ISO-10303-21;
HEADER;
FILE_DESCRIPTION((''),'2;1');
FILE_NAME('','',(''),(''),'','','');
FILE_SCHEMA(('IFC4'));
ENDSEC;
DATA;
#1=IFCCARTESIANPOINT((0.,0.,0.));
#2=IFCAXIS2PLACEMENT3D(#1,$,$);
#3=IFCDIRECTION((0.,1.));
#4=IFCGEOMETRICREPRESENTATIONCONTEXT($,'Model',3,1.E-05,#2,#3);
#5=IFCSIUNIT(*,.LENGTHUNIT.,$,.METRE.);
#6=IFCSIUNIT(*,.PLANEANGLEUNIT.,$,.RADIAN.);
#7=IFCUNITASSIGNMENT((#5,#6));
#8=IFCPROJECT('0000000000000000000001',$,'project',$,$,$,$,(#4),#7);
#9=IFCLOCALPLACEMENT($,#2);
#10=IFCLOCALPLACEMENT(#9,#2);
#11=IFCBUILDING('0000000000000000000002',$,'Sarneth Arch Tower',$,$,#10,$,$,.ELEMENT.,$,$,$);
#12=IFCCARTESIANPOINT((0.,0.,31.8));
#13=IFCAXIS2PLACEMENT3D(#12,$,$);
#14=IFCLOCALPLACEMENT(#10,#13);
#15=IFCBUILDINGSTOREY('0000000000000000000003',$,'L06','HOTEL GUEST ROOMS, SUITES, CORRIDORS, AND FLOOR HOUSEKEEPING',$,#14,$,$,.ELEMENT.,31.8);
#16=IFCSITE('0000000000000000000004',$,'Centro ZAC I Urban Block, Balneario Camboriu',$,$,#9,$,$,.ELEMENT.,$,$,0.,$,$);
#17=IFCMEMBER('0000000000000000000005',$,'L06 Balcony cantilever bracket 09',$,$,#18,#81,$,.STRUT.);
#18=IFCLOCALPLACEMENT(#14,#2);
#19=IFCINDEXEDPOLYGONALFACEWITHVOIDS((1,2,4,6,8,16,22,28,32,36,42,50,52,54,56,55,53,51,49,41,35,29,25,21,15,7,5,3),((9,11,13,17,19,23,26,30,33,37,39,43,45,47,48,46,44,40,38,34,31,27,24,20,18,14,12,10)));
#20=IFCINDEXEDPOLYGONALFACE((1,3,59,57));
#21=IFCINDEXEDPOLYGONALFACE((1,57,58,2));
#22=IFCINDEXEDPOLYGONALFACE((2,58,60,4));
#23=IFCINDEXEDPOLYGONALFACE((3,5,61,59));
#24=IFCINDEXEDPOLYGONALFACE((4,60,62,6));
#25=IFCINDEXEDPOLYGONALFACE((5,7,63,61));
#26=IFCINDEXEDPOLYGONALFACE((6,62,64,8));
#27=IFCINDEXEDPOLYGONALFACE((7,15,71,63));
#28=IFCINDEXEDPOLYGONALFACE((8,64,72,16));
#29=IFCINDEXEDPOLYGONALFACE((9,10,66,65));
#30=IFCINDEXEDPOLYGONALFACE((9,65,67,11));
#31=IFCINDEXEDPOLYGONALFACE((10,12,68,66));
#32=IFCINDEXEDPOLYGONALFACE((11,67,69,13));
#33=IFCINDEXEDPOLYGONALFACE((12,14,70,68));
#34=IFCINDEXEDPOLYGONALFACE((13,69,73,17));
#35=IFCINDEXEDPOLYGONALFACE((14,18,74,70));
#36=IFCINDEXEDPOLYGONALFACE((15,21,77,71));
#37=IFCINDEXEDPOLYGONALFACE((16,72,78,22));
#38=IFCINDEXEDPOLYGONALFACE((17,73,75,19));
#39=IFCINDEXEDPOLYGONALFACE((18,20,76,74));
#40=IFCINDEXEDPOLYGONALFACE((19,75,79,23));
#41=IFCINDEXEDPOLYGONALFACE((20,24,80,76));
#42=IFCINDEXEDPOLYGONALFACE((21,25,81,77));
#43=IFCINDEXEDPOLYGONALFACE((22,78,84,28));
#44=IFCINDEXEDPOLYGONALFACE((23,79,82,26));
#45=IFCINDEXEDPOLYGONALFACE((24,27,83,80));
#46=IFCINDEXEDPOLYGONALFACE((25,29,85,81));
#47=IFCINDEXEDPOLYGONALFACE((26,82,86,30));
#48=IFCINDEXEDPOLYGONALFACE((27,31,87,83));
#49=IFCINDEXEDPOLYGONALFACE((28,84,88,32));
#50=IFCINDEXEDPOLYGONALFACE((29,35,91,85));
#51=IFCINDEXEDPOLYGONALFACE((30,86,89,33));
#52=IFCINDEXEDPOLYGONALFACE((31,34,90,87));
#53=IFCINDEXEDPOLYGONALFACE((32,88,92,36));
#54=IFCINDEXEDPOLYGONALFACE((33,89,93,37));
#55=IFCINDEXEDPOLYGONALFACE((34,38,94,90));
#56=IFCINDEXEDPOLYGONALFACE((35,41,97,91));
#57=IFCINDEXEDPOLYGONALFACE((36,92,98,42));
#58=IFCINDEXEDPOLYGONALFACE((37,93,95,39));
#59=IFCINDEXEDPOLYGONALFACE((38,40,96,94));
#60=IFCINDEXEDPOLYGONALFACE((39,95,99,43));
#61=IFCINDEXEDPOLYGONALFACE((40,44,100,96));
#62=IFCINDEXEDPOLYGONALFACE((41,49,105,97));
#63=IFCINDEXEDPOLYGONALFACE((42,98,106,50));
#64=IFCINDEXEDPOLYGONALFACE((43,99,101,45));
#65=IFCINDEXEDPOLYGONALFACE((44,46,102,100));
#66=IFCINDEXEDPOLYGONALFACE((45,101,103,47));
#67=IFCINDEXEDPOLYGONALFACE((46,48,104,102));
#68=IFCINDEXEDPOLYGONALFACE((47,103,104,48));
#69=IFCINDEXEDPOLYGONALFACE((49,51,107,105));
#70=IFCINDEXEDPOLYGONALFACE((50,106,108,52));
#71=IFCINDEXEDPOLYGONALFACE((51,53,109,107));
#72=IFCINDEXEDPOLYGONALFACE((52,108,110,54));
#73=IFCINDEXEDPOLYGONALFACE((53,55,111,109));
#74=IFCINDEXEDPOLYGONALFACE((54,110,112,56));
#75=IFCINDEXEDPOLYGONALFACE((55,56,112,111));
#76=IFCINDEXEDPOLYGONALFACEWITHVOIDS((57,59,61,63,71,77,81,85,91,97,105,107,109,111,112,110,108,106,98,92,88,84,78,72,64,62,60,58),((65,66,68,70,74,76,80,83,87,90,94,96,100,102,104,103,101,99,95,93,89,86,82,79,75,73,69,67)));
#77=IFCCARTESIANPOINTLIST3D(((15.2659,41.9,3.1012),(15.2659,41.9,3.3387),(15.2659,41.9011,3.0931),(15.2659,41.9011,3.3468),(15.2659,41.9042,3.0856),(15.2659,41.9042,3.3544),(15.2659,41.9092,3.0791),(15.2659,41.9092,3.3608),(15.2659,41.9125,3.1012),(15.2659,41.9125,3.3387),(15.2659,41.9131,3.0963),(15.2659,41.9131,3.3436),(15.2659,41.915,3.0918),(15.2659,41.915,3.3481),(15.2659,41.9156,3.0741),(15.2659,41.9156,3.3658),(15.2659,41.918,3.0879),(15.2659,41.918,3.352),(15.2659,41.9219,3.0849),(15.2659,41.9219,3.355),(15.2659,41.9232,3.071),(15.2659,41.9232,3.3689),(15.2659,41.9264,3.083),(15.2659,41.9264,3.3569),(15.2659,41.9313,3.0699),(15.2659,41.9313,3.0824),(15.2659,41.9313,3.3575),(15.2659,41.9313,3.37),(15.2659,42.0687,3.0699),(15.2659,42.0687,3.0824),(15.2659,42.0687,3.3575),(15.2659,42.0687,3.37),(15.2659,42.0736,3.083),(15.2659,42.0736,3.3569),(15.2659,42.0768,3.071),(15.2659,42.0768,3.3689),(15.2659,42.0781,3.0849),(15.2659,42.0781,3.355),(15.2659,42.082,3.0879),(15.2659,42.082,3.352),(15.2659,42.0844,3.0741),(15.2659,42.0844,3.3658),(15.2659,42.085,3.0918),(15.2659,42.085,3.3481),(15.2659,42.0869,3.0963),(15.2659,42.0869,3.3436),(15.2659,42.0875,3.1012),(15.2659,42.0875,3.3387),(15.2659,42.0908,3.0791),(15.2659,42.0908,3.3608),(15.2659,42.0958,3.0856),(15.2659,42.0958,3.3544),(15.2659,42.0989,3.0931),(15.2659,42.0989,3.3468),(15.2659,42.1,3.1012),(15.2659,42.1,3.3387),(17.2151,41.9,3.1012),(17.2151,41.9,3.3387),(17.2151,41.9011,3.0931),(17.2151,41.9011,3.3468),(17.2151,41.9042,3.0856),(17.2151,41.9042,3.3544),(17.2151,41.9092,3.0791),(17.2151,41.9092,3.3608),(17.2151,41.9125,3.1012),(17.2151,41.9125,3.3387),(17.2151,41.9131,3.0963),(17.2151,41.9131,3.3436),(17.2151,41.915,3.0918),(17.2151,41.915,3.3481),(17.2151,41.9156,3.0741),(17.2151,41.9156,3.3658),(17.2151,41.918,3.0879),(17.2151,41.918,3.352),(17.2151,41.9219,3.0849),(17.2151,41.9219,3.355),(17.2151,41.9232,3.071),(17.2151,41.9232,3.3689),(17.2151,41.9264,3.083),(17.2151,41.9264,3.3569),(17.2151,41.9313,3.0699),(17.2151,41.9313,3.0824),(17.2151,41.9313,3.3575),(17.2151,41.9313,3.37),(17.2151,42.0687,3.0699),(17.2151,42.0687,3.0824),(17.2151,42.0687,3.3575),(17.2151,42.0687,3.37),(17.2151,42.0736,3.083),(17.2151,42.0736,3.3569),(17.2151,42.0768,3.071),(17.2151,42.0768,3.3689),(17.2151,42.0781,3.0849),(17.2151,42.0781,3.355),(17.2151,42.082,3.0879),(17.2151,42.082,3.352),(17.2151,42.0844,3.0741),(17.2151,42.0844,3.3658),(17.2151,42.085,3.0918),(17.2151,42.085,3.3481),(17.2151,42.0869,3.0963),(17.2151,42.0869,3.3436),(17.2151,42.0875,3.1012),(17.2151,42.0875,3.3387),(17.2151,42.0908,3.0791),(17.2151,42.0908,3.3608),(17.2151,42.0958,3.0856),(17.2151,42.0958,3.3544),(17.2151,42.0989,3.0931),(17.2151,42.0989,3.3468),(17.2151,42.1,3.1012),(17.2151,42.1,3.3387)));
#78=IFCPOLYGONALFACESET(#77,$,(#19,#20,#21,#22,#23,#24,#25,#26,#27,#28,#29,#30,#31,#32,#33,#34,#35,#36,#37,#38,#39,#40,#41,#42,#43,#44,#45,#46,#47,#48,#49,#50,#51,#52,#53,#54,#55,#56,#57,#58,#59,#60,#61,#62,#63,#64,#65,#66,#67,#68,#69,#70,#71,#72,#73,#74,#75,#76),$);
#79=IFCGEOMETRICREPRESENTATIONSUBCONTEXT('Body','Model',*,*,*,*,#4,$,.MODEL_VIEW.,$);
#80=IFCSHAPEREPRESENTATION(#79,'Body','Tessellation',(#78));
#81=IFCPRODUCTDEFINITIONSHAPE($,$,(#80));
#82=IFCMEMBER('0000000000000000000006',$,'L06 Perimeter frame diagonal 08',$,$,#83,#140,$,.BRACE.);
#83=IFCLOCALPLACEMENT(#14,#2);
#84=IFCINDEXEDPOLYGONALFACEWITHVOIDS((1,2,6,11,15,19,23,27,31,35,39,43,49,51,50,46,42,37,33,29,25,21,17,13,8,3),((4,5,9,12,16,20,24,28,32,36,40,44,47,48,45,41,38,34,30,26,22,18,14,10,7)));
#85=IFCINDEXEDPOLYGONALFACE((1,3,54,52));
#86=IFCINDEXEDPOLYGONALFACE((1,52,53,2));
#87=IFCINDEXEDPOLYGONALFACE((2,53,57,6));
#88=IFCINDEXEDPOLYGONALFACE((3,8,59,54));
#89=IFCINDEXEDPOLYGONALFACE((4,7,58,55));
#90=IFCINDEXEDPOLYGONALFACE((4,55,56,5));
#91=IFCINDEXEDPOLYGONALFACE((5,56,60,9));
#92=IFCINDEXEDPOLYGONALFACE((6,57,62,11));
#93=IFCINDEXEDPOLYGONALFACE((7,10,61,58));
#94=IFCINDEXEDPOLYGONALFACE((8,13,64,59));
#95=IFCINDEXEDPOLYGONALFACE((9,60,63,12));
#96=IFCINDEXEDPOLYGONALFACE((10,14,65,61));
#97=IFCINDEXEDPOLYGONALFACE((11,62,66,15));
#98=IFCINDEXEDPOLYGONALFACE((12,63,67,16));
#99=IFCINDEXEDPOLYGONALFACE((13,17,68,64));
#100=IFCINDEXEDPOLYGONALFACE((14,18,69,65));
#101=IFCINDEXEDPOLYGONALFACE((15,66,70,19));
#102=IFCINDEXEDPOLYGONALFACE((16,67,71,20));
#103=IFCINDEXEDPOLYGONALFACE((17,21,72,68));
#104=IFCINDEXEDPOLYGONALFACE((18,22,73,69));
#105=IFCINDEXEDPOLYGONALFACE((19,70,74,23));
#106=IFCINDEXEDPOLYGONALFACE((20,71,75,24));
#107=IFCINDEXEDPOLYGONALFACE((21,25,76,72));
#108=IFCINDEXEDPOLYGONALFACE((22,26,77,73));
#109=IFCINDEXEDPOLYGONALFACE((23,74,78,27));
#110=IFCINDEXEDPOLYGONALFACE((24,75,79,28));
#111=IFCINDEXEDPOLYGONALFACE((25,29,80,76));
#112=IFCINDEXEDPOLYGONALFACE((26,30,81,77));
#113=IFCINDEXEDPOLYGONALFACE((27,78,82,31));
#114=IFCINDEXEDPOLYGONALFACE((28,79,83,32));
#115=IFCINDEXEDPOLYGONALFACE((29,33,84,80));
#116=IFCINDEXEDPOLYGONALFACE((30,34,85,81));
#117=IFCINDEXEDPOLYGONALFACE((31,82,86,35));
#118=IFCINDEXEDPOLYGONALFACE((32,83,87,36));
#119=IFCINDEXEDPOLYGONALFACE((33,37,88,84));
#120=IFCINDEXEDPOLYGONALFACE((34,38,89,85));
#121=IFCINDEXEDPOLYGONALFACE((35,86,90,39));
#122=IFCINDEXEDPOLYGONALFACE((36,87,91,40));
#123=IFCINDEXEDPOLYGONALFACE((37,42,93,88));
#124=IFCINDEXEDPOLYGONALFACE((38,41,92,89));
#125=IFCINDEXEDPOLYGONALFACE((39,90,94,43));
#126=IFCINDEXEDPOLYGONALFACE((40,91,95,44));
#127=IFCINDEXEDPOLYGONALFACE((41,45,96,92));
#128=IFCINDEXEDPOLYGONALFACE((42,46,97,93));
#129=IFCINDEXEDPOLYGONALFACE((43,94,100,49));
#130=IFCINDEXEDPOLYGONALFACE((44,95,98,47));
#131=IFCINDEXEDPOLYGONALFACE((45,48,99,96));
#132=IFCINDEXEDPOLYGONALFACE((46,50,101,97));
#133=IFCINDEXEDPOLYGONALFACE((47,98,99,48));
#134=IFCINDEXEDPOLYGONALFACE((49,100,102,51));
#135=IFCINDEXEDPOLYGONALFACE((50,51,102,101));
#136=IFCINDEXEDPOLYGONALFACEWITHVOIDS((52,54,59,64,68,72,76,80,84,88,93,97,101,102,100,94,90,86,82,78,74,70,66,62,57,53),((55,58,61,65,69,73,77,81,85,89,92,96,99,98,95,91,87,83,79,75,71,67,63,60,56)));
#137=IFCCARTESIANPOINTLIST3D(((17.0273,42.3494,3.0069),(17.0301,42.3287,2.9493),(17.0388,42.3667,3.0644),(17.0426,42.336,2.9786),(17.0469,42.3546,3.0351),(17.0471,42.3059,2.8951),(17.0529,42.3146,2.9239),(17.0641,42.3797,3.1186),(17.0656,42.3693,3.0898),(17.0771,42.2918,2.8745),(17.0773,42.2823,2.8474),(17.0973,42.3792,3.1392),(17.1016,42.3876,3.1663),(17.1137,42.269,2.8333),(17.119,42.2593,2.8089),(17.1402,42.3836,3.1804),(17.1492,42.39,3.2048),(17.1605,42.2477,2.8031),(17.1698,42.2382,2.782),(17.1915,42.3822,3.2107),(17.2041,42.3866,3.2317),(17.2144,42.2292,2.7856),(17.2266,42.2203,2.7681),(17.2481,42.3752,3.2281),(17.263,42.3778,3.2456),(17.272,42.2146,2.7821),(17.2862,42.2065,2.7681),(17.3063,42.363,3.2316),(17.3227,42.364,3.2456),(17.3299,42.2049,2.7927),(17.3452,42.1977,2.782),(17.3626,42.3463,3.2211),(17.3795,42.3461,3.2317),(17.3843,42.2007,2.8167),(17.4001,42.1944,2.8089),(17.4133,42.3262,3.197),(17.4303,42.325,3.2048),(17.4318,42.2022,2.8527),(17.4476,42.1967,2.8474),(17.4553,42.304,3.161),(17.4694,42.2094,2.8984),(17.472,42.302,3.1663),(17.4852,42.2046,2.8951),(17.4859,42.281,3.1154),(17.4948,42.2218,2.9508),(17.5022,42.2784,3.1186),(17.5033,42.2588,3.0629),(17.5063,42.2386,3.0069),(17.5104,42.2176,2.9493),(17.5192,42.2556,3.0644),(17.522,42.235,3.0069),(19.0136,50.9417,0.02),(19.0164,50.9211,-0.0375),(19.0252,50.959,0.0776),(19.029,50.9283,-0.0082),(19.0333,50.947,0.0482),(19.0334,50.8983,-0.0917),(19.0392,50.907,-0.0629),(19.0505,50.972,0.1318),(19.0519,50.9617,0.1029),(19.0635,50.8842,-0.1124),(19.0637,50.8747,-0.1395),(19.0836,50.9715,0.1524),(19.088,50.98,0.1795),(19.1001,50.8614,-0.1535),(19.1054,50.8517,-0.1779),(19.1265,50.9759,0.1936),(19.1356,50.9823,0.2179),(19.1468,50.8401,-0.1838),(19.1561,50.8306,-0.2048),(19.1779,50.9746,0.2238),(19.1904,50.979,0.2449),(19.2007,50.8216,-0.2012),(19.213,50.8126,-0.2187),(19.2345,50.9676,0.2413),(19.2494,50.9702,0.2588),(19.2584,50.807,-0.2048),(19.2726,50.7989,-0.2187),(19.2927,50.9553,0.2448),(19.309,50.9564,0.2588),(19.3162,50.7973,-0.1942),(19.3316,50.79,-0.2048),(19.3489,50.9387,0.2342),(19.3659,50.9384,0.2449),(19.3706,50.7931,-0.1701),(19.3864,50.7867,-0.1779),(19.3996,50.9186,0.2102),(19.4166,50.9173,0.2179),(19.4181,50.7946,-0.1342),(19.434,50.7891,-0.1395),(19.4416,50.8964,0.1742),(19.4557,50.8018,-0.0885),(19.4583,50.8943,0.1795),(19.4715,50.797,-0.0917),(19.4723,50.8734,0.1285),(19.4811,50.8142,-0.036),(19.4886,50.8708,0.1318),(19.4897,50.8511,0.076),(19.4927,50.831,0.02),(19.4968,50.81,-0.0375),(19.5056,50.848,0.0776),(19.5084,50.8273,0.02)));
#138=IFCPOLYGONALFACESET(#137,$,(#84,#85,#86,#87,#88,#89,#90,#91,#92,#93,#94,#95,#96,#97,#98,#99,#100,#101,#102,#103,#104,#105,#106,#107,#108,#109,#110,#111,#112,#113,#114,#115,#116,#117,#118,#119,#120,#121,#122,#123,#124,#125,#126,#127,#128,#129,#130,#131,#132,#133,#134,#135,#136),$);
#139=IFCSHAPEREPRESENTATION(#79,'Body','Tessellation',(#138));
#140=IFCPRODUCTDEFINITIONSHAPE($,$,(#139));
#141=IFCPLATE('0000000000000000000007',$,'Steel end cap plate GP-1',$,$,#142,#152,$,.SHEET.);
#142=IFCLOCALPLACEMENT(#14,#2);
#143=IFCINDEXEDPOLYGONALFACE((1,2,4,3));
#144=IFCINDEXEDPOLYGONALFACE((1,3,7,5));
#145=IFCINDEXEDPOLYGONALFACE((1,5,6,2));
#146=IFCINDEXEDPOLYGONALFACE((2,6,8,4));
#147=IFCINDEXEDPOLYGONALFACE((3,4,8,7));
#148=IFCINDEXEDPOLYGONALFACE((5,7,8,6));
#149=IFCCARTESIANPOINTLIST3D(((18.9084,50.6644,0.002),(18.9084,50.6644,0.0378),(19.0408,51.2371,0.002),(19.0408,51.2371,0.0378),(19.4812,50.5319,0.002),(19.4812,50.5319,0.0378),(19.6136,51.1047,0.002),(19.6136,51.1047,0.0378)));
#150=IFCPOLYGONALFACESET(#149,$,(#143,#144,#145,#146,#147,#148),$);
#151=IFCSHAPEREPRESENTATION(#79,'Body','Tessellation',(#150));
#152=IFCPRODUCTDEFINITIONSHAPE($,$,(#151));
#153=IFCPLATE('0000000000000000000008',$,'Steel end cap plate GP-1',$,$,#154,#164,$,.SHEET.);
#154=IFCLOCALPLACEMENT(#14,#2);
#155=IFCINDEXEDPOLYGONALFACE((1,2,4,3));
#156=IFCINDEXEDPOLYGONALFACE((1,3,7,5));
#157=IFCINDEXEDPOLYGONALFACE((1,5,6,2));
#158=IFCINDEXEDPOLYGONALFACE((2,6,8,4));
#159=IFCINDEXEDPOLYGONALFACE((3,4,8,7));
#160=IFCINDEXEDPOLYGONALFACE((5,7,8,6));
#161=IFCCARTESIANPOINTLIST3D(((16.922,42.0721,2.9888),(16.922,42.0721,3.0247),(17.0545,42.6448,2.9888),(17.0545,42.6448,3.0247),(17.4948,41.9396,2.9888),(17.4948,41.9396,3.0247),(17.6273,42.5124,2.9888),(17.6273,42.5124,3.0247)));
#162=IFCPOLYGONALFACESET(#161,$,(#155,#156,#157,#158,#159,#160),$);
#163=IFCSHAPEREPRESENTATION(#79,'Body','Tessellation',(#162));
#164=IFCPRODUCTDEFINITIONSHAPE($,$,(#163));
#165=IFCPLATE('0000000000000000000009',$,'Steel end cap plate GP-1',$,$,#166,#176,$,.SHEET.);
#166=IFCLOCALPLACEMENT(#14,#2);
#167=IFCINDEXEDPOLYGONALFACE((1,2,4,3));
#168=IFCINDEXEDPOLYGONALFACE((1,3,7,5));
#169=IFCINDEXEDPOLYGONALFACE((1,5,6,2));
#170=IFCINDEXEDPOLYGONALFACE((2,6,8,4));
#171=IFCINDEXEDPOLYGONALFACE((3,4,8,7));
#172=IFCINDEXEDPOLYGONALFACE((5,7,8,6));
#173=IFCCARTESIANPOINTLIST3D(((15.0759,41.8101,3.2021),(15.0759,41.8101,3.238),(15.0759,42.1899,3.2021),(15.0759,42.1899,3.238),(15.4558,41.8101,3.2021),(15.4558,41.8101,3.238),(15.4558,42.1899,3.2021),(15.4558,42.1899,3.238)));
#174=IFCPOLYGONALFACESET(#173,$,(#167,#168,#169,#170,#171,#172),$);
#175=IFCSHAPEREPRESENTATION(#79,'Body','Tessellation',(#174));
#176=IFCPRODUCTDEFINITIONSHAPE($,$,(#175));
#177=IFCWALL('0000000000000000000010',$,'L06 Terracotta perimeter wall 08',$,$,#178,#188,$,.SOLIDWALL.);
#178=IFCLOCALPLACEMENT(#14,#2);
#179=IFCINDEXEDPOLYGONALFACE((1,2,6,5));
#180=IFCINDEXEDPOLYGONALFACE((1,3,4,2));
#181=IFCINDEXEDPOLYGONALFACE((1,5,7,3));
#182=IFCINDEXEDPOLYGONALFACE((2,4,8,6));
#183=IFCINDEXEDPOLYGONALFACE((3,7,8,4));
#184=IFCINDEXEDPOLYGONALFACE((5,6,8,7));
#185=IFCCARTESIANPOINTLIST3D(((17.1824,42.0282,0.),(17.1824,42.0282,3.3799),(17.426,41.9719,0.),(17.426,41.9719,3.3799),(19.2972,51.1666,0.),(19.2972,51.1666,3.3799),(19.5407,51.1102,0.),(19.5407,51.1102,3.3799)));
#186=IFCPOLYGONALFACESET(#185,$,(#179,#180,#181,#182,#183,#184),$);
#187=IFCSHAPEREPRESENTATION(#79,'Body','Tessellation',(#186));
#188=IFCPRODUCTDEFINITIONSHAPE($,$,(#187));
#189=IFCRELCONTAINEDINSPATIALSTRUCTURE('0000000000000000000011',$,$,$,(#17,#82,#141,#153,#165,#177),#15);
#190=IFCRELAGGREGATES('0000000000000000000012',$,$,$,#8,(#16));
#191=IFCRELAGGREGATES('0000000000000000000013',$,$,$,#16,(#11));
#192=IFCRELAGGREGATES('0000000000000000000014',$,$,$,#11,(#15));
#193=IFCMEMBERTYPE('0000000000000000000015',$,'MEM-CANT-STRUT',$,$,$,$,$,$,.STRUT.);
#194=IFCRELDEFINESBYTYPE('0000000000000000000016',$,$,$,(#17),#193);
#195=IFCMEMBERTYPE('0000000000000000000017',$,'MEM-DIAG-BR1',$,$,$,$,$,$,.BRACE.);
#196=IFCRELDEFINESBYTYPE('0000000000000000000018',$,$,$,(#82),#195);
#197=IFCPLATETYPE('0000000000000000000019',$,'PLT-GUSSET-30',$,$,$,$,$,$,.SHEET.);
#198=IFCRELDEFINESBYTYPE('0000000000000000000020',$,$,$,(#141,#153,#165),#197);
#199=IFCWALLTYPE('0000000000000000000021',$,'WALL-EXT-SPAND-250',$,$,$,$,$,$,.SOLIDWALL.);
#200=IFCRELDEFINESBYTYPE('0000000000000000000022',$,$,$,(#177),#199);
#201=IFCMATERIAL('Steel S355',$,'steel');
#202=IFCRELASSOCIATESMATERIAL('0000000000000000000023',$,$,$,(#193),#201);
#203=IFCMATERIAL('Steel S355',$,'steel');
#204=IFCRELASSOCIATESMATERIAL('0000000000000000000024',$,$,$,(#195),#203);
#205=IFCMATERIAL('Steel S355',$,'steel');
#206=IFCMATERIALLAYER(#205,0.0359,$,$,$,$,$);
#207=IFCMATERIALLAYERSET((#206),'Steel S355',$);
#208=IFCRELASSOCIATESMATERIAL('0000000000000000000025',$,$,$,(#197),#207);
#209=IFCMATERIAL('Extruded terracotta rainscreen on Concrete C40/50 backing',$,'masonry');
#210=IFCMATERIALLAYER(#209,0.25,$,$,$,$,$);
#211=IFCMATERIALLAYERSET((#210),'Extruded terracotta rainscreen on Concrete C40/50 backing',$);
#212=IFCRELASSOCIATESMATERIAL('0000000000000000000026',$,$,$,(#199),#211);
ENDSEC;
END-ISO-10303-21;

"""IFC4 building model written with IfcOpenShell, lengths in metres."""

from ifc_helpers import new_model, si_unit, direction, frame, frame_2d, origin, origin_2d, place, context, subcontext, project, spatial, rectangle, hollow_rectangle, hollow_circle, extrude, material, layer, layer_set, material_profile, profile_set, type_object, element, save


model = new_model("IFC4")

# Units and contexts
model_context = context("Model", 3, precision=1e-05, world=origin(), true_north=direction((0.0, 1.0)))
body_context = subcontext(model_context, "Body", "Model", "MODEL_VIEW")
ifc_project = project(units=[si_unit("LENGTHUNIT", "METRE"), si_unit("PLANEANGLEUNIT", "RADIAN")], contexts=[model_context])

# Site, building, storey
site_placement = place(None, origin())
site = spatial("IfcSite", under=ifc_project, at=site_placement, Name="Centro ZAC I Urban Block, Balneario Camboriu", CompositionType="ELEMENT", RefElevation=0.0)
building_placement = place(site_placement, origin())
building = spatial("IfcBuilding", under=site, at=building_placement, Name="Sarneth Arch Tower", CompositionType="ELEMENT")
storey_placement = place(building_placement, frame((0.0, 0.0, 31.8)))
storey = spatial("IfcBuildingStorey", under=building, at=storey_placement, Name="L06", Description="HOTEL GUEST ROOMS, SUITES, CORRIDORS, AND FLOOR HOUSEKEEPING", CompositionType="ELEMENT", Elevation=31.8)

# Members
ifc_material_1 = material(Name="Steel S355", Category="steel")
ifc_material_profile_1 = material_profile(ifc_material_1, hollow_rectangle(XDim=0.2, YDim=0.3, WallThickness=0.0125, InnerFilletRadius=0.0188, OuterFilletRadius=0.0312, at=origin_2d()), Name="RHS300x200x12.5")
ifc_profile_set_1 = profile_set([ifc_material_profile_1], Name="Steel S355")
member_type_1 = type_object("IfcMemberType", Name="MEM-CANT-STRUT", PredefinedType="STRUT", material=ifc_profile_set_1)
member_1_placement = place(storey_placement, frame((17.2151, 42.0, 3.22), z_axis=(-1.0, 0.0, 0.0), x_axis=(0.0, -1.0, 0.0)))
element("IfcMember", 1, at=member_1_placement, inside=storey, type_object=member_type_1, Name="L06 Balcony cantilever bracket 09", PredefinedType="STRUT", context=body_context, shape_type="SweptSolid", body=[
    extrude(hollow_rectangle(XDim=0.2, YDim=0.3, WallThickness=0.0125, InnerFilletRadius=0.0188, OuterFilletRadius=0.0312, at=origin_2d()), origin(), (0.0, 0.0, 1.0), 1.9492),
])
ifc_material_2 = material(Name="Steel S355", Category="steel")
ifc_material_profile_2 = material_profile(ifc_material_2, hollow_circle(Radius=0.2539, WallThickness=0.0161, at=origin_2d()), Name="CHS508x16")
ifc_profile_set_2 = profile_set([ifc_material_profile_2], Name="Steel S355")
member_type_2 = type_object("IfcMemberType", Name="MEM-DIAG-BR1", PredefinedType="BRACE", material=ifc_profile_set_2)
member_2_placement = place(storey_placement, frame((19.261, 50.8845, 0.02), z_axis=(-0.213332, -0.922814, 0.320785), x_axis=(0.974304, -0.225236, 0.0)))
element("IfcMember", 2, at=member_2_placement, inside=storey, type_object=member_type_2, Name="L06 Perimeter frame diagonal 08", PredefinedType="BRACE", context=body_context, shape_type="SweptSolid", body=[
    extrude(hollow_circle(Radius=0.2539, WallThickness=0.0161, at=origin_2d()), origin(), (0.0, 0.0, 1.0), 9.311),
])

# Plates
ifc_material_3 = material(Name="Steel S355", Category="steel")
ifc_layer_1 = layer(ifc_material_3, 0.0359)
ifc_layer_set_1 = layer_set([ifc_layer_1], Name="Steel S355")
plate_type = type_object("IfcPlateType", Name="PLT-GUSSET-30", PredefinedType="SHEET", material=ifc_layer_set_1)
for number, where, z_axis, x_axis, name in (
    (3, (19.261, 50.8845, 0.002), (0.0, 0.0, 1.0), (-0.225291, -0.974291, 0.0), "Steel end cap plate GP-1"),
    (4, (17.2747, 42.2922, 2.9888), (0.0, 0.0, 1.0), (-0.225291, -0.974291, 0.0), "Steel end cap plate GP-1"),
):
    element("IfcPlate", number, at=place(storey_placement, frame(where, z_axis=z_axis, x_axis=x_axis)), inside=storey, type_object=plate_type, Name=name, PredefinedType="SHEET", context=body_context, shape_type="SweptSolid", body=[
        extrude(rectangle(XDim=0.5879, YDim=0.5879, at=origin_2d()), origin(), (0.0, 0.0, 1.0), 0.0359),
    ])
plate_placement = place(storey_placement, frame((15.2659, 42.0, 3.2021), z_axis=(0.0, 0.0, 1.0), x_axis=(-1.0, 0.0, 0.0)))
element("IfcPlate", 5, at=plate_placement, inside=storey, type_object=plate_type, Name="Steel end cap plate GP-1", PredefinedType="SHEET", context=body_context, shape_type="SweptSolid", body=[
    extrude(rectangle(XDim=0.3799, YDim=0.3799, at=origin_2d()), origin(), (0.0, 0.0, 1.0), 0.0359),
])

# Wall
ifc_material_4 = material(Name="Extruded terracotta rainscreen on Concrete C40/50 backing", Category="masonry")
ifc_layer_2 = layer(ifc_material_4, 0.25)
ifc_layer_set_2 = layer_set([ifc_layer_2], Name="Extruded terracotta rainscreen on Concrete C40/50 backing")
wall_type_1 = type_object("IfcWallType", Name="WALL-EXT-SPAND-250", PredefinedType="SOLIDWALL", material=ifc_layer_set_2)
wall_1_placement = place(storey_placement, frame((19.4189, 51.1384, 0.0), z_axis=(0.0, 0.0, 1.0), x_axis=(-0.225454, -0.974254, 0.0)))
element("IfcWall", 6, at=wall_1_placement, inside=storey, type_object=wall_type_1, Name="L06 Terracotta perimeter wall 08", PredefinedType="SOLIDWALL", context=body_context, shape_type="SweptSolid", body=[
    extrude(rectangle(XDim=9.3799, YDim=0.25, at=frame_2d((4.6899, 0.0))), origin(), (0.0, 0.0, 1.0), 3.3799),
])

save(model, "model.ifc")
